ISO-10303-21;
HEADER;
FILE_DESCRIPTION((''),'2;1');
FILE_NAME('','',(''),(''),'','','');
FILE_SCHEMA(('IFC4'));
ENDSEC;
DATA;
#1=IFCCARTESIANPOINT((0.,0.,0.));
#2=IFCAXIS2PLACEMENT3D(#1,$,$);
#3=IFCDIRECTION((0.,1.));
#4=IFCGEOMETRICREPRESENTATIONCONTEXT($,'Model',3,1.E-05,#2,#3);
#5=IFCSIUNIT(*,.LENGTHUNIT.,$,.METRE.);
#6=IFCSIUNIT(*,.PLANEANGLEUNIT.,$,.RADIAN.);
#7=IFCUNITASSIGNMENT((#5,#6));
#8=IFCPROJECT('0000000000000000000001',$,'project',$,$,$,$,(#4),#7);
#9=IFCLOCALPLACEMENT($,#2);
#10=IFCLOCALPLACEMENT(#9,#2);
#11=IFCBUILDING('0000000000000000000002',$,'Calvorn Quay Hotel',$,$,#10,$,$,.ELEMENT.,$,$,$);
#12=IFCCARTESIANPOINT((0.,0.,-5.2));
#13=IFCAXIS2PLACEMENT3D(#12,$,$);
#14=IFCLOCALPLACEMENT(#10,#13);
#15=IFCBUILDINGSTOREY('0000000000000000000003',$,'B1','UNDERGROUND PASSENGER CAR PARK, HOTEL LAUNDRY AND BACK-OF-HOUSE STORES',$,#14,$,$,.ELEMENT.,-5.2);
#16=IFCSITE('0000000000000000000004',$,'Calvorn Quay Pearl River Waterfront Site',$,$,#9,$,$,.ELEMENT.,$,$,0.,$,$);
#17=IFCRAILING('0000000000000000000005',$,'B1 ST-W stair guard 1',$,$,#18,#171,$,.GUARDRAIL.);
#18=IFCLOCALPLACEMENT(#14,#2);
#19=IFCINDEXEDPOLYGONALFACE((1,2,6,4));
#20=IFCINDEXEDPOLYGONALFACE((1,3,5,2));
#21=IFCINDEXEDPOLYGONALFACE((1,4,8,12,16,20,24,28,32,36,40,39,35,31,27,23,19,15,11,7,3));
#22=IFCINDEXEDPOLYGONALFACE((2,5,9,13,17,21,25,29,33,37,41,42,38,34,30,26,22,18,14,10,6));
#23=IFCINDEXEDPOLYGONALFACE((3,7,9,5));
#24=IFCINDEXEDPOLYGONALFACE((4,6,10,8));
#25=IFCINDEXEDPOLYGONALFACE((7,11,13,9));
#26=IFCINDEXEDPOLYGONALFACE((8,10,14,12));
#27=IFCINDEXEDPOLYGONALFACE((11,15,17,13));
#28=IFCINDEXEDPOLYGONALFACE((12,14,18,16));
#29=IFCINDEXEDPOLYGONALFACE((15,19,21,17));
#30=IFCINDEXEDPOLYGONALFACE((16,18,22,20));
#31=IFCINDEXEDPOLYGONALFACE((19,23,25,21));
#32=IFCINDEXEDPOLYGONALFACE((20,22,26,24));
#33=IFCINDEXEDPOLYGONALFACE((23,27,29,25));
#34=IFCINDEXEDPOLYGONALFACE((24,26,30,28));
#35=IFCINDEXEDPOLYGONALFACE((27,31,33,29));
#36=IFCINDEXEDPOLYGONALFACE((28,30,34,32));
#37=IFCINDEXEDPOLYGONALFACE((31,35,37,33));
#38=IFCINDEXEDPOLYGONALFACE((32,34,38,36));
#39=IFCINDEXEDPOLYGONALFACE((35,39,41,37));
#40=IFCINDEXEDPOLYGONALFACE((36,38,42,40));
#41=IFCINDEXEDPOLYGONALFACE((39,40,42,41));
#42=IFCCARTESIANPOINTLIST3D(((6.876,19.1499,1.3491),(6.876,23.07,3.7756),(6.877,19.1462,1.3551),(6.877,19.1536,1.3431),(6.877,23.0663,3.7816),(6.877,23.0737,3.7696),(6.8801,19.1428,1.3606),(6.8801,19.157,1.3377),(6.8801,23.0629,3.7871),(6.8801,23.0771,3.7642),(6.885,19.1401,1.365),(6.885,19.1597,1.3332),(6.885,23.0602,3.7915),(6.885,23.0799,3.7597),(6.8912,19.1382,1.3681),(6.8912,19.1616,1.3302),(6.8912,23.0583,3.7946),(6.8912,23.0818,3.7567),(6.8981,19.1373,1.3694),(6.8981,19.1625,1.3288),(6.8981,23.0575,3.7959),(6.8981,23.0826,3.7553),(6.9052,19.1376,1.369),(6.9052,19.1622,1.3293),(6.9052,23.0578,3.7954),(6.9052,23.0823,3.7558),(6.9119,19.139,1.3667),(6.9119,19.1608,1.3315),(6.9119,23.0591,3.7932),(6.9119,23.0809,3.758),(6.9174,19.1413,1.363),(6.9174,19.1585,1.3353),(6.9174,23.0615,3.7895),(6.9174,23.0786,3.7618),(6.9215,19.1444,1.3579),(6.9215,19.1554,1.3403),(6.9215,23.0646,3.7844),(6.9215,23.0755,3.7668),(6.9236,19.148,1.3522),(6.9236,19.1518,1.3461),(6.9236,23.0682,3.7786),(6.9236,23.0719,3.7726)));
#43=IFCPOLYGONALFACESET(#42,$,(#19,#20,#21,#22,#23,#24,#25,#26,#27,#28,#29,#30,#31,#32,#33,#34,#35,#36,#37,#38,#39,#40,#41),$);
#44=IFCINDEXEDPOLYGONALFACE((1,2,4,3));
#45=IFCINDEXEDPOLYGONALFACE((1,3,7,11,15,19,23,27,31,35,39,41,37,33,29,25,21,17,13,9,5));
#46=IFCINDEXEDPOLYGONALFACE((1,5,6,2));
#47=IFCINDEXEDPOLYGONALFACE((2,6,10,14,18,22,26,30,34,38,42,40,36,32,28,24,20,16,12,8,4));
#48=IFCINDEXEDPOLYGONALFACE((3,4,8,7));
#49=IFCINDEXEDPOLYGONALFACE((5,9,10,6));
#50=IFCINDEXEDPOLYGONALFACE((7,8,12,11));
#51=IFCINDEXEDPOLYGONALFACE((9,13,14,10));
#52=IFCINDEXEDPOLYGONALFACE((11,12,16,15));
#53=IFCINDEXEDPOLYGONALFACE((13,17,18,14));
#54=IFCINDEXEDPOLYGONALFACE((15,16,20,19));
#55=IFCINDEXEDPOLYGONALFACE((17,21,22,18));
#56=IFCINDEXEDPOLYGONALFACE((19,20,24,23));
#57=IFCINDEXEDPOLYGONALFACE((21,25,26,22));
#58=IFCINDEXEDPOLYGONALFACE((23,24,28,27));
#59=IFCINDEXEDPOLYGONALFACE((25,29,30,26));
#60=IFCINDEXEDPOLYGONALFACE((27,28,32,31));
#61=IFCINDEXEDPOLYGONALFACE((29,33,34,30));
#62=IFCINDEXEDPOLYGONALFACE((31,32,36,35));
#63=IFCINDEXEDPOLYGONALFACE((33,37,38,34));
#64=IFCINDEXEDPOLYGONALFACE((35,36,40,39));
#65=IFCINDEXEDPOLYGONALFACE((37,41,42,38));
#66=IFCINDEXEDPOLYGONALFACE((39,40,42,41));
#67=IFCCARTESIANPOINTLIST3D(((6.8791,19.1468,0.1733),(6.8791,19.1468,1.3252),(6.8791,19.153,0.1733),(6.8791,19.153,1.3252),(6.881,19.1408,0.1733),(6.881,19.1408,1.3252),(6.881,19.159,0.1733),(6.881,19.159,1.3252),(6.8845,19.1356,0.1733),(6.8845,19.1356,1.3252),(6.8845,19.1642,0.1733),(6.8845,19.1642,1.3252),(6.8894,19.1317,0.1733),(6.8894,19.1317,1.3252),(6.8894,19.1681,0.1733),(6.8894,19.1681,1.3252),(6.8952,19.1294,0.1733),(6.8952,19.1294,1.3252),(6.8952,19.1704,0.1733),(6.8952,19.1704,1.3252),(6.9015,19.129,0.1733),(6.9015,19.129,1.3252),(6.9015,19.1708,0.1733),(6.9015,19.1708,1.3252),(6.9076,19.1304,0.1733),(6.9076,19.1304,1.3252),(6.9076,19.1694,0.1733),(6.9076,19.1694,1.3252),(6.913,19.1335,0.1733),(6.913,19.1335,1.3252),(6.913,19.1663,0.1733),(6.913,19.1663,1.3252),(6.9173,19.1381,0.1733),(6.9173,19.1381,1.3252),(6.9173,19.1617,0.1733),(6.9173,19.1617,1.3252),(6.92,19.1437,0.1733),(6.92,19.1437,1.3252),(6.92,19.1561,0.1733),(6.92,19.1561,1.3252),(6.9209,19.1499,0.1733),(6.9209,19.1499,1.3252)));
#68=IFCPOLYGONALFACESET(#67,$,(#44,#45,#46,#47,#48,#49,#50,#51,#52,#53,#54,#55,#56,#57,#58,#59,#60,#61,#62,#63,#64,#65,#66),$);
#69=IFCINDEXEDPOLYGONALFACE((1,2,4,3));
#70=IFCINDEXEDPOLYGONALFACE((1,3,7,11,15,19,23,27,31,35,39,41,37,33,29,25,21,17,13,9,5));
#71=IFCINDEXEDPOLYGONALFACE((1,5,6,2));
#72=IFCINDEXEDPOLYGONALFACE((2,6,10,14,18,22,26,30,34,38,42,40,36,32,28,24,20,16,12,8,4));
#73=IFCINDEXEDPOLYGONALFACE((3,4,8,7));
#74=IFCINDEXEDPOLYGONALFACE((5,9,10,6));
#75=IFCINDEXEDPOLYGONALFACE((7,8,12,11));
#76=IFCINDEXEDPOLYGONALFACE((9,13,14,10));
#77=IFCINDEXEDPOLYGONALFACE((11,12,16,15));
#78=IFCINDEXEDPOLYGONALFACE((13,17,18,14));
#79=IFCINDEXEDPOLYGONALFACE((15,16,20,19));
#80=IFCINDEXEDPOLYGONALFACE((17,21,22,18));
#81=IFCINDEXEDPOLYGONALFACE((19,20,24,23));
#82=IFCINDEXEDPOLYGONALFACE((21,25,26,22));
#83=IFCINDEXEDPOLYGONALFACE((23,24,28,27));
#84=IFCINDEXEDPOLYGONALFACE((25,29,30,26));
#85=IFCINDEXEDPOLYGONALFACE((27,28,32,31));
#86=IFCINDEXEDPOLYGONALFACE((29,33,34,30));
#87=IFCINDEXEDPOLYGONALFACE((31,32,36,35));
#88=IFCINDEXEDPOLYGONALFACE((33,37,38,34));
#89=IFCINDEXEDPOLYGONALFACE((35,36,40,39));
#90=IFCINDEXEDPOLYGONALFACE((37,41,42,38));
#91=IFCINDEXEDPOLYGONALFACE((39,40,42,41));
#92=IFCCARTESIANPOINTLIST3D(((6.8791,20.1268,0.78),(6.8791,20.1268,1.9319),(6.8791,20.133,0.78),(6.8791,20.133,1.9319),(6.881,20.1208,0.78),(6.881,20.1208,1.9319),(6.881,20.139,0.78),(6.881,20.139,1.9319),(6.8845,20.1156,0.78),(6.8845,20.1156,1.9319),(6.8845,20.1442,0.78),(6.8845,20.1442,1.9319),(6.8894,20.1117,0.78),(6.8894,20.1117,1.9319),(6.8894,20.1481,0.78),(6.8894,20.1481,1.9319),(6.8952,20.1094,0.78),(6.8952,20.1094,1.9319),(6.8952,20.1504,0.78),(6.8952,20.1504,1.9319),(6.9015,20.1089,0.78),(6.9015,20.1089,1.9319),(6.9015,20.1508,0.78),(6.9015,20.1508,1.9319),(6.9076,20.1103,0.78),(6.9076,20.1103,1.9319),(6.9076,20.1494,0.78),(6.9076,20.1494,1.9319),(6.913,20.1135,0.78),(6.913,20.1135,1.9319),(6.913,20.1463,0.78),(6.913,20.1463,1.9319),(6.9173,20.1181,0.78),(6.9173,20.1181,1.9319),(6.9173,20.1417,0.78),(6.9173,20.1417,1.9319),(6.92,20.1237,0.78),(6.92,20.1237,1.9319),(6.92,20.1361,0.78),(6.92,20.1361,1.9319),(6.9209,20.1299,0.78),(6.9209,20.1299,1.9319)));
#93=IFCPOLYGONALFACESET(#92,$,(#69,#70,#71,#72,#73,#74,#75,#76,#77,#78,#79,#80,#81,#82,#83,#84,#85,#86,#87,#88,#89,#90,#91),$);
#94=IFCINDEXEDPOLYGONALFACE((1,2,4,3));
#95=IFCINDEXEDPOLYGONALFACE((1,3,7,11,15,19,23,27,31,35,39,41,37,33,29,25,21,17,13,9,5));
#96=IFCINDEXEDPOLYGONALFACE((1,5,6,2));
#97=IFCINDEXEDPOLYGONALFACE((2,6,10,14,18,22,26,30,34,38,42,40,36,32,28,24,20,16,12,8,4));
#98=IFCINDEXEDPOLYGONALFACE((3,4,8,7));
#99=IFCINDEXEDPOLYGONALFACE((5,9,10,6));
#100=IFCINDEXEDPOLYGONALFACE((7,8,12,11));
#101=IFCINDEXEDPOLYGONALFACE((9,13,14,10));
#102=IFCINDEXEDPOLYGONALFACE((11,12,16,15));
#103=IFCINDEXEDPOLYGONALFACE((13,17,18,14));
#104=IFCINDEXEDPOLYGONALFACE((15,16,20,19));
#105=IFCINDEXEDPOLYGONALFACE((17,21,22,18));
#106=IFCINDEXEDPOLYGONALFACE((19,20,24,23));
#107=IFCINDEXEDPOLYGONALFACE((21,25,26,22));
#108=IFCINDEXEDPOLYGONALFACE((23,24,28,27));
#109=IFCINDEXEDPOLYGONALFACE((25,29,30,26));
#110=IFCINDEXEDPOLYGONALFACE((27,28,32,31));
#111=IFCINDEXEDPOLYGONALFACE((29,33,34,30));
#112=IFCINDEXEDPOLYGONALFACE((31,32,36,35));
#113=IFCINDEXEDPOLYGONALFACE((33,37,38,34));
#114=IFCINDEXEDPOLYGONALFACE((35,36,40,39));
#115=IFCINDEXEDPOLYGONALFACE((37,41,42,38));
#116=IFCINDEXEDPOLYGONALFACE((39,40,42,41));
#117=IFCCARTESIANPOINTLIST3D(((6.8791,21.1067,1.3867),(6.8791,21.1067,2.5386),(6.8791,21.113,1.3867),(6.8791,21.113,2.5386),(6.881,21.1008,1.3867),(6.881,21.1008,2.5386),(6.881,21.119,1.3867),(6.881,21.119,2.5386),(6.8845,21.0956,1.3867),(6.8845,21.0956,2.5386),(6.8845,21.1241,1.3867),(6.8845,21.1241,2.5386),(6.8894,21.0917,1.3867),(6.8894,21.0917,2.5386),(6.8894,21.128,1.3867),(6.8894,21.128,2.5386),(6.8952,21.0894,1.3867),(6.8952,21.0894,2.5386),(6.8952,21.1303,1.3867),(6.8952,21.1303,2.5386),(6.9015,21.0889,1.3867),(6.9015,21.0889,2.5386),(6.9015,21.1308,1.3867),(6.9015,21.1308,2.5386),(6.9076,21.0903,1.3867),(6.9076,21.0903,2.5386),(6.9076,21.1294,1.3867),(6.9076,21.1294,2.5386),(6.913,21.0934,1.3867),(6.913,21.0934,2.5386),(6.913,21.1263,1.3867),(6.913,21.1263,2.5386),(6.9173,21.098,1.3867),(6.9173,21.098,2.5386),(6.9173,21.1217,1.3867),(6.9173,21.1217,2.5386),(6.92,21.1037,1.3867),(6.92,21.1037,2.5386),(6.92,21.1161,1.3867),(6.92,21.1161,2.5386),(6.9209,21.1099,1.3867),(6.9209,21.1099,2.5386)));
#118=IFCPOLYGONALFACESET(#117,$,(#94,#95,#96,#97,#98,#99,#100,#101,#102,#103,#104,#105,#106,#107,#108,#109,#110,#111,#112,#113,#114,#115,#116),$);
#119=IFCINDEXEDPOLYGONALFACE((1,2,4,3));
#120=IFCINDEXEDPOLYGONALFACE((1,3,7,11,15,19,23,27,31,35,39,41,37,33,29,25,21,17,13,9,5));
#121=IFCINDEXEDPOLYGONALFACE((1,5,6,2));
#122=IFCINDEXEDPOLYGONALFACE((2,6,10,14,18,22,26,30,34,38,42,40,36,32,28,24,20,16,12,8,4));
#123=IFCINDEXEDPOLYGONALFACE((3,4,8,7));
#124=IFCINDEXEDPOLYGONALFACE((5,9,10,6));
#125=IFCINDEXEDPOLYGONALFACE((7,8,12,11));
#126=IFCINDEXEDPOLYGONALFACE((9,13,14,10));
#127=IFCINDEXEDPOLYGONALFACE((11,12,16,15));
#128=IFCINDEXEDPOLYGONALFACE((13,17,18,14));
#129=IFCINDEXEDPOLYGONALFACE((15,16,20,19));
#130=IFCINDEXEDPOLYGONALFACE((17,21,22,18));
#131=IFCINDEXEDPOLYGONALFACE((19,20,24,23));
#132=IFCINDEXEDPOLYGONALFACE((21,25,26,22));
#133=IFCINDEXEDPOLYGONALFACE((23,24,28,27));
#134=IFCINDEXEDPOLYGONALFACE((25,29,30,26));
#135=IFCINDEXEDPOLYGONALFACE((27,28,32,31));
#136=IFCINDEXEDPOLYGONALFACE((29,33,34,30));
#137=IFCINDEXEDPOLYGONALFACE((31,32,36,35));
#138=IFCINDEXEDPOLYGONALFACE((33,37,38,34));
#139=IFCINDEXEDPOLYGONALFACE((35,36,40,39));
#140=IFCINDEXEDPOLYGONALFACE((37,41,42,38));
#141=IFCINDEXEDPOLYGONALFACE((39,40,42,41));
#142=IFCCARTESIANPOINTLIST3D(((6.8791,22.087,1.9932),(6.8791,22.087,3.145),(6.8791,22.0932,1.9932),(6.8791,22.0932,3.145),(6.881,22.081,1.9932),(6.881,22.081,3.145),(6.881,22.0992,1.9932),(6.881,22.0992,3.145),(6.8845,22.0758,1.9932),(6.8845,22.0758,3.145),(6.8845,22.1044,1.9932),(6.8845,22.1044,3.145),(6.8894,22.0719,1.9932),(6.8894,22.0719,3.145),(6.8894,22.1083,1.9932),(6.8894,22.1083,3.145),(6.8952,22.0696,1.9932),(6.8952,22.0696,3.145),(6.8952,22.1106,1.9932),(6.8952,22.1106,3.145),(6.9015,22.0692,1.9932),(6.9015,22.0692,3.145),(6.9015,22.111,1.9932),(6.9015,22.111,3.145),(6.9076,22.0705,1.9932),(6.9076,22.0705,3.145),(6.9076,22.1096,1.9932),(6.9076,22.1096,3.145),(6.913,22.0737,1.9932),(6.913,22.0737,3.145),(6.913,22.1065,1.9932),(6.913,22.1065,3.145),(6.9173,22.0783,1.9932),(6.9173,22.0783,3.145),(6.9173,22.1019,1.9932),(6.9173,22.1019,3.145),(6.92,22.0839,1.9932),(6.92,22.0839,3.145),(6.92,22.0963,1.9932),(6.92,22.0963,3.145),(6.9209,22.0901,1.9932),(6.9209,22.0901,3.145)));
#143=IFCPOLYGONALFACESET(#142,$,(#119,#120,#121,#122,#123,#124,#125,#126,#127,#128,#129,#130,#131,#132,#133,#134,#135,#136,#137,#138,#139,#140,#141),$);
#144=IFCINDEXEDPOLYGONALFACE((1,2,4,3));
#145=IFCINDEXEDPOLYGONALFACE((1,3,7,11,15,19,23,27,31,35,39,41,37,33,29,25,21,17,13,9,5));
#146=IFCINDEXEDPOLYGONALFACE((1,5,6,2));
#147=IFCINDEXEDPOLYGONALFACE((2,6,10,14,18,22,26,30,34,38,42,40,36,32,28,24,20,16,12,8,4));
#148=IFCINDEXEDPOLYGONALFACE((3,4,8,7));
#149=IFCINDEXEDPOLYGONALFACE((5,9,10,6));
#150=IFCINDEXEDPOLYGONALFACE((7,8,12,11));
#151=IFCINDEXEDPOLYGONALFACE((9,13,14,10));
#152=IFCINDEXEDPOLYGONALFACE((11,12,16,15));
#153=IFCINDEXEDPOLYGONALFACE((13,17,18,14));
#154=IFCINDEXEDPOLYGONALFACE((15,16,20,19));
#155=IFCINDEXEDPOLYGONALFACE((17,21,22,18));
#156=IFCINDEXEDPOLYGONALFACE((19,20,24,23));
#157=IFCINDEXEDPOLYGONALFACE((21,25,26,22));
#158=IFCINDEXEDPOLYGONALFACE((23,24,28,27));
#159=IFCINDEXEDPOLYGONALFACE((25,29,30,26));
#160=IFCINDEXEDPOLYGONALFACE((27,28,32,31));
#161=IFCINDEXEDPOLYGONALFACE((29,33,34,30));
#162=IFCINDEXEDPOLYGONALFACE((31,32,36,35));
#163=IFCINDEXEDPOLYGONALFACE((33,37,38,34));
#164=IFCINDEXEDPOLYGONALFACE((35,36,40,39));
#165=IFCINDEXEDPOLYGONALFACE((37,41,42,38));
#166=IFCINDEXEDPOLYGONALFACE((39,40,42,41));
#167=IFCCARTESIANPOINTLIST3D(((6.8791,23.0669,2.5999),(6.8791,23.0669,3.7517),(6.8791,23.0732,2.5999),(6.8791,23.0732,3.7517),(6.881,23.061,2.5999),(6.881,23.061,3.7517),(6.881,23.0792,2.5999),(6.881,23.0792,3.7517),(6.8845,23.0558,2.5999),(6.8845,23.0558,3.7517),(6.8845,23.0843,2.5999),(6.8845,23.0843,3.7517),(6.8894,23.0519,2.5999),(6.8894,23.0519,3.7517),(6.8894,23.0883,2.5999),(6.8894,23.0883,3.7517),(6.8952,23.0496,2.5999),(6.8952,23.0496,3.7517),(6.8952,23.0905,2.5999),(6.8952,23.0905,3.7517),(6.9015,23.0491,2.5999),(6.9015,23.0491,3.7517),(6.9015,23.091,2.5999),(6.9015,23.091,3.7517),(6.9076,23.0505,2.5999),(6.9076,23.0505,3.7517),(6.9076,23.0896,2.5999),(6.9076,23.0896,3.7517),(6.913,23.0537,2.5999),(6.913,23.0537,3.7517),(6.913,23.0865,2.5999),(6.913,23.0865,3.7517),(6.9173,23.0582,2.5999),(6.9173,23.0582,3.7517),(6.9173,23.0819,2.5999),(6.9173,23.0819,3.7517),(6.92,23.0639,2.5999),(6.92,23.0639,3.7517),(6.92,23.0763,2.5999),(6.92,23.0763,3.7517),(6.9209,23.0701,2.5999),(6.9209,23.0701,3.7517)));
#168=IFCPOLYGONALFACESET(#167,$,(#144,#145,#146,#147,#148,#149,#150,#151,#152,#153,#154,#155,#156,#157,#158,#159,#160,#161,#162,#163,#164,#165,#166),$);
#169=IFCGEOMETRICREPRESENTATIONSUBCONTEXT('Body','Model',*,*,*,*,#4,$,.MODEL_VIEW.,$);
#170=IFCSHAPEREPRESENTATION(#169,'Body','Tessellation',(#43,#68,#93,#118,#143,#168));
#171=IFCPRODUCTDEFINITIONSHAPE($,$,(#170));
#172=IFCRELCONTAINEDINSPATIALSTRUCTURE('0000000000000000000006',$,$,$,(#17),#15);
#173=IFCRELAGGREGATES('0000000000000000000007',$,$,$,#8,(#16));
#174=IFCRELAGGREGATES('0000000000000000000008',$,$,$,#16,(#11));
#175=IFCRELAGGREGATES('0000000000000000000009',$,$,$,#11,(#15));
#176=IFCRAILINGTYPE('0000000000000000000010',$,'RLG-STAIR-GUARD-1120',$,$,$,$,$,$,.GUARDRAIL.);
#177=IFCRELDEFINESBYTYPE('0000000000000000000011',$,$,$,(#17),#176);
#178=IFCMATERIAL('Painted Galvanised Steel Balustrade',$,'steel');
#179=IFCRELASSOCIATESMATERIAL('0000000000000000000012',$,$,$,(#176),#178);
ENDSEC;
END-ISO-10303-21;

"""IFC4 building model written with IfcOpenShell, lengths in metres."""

from ifc_helpers import new_model, si_unit, direction, frame, origin, origin_2d, place, context, subcontext, project, spatial, circle, extrude, material, type_object, element, save


model = new_model("IFC4")

# Units and contexts
model_context = context("Model", 3, precision=1e-05, world=origin(), true_north=direction((0.0, 1.0)))
body_context = subcontext(model_context, "Body", "Model", "MODEL_VIEW")
ifc_project = project(units=[si_unit("LENGTHUNIT", "METRE"), si_unit("PLANEANGLEUNIT", "RADIAN")], contexts=[model_context])

# Site, building, storey
site_placement = place(None, origin())
site = spatial("IfcSite", under=ifc_project, at=site_placement, Name="Calvorn Quay Pearl River Waterfront Site", CompositionType="ELEMENT", RefElevation=0.0)
building_placement = place(site_placement, origin())
building = spatial("IfcBuilding", under=site, at=building_placement, Name="Calvorn Quay Hotel", CompositionType="ELEMENT")
storey_placement = place(building_placement, frame((0.0, 0.0, -5.2)))
storey = spatial("IfcBuildingStorey", under=building, at=storey_placement, Name="B1", Description="UNDERGROUND PASSENGER CAR PARK, HOTEL LAUNDRY AND BACK-OF-HOUSE STORES", CompositionType="ELEMENT", Elevation=-5.2)

# Railing
ifc_material_1 = material(Name="Painted Galvanised Steel Balustrade", Category="steel")
railing_type_1 = type_object("IfcRailingType", Name="RLG-STAIR-GUARD-1120", PredefinedType="GUARDRAIL", material=ifc_material_1)
railing_1_placement = place(storey_placement, frame((6.8999, 19.1499, 0.1733)))
element("IfcRailing", 1, at=railing_1_placement, inside=storey, type_object=railing_type_1, Name="B1 ST-W stair guard 1", PredefinedType="GUARDRAIL", context=body_context, shape_type="SweptSolid", body=[
    extrude(circle(Radius=0.0239, at=origin_2d()), frame((0.0, 0.0, 1.1758), z_axis=(0.0, 0.85029, 0.526315), x_axis=(-1.0, 0.0, 0.0)), (0.0, 0.0, 1.0), 4.6104),
    extrude(circle(Radius=0.021, at=origin_2d()), origin(), (0.0, 0.0, 1.0), 1.1519),
    extrude(circle(Radius=0.021, at=origin_2d()), frame((0.0, 0.98, 0.6067)), (0.0, 0.0, 1.0), 1.1519),
    extrude(circle(Radius=0.021, at=origin_2d()), frame((0.0, 1.96, 1.2134)), (0.0, 0.0, 1.0), 1.1519),
    extrude(circle(Radius=0.021, at=origin_2d()), frame((0.0, 2.9402, 1.8198)), (0.0, 0.0, 1.0), 1.1519),
    extrude(circle(Radius=0.021, at=origin_2d()), frame((0.0, 3.9202, 2.4265)), (0.0, 0.0, 1.0), 1.1519),
])

save(model, "model.ifc")
